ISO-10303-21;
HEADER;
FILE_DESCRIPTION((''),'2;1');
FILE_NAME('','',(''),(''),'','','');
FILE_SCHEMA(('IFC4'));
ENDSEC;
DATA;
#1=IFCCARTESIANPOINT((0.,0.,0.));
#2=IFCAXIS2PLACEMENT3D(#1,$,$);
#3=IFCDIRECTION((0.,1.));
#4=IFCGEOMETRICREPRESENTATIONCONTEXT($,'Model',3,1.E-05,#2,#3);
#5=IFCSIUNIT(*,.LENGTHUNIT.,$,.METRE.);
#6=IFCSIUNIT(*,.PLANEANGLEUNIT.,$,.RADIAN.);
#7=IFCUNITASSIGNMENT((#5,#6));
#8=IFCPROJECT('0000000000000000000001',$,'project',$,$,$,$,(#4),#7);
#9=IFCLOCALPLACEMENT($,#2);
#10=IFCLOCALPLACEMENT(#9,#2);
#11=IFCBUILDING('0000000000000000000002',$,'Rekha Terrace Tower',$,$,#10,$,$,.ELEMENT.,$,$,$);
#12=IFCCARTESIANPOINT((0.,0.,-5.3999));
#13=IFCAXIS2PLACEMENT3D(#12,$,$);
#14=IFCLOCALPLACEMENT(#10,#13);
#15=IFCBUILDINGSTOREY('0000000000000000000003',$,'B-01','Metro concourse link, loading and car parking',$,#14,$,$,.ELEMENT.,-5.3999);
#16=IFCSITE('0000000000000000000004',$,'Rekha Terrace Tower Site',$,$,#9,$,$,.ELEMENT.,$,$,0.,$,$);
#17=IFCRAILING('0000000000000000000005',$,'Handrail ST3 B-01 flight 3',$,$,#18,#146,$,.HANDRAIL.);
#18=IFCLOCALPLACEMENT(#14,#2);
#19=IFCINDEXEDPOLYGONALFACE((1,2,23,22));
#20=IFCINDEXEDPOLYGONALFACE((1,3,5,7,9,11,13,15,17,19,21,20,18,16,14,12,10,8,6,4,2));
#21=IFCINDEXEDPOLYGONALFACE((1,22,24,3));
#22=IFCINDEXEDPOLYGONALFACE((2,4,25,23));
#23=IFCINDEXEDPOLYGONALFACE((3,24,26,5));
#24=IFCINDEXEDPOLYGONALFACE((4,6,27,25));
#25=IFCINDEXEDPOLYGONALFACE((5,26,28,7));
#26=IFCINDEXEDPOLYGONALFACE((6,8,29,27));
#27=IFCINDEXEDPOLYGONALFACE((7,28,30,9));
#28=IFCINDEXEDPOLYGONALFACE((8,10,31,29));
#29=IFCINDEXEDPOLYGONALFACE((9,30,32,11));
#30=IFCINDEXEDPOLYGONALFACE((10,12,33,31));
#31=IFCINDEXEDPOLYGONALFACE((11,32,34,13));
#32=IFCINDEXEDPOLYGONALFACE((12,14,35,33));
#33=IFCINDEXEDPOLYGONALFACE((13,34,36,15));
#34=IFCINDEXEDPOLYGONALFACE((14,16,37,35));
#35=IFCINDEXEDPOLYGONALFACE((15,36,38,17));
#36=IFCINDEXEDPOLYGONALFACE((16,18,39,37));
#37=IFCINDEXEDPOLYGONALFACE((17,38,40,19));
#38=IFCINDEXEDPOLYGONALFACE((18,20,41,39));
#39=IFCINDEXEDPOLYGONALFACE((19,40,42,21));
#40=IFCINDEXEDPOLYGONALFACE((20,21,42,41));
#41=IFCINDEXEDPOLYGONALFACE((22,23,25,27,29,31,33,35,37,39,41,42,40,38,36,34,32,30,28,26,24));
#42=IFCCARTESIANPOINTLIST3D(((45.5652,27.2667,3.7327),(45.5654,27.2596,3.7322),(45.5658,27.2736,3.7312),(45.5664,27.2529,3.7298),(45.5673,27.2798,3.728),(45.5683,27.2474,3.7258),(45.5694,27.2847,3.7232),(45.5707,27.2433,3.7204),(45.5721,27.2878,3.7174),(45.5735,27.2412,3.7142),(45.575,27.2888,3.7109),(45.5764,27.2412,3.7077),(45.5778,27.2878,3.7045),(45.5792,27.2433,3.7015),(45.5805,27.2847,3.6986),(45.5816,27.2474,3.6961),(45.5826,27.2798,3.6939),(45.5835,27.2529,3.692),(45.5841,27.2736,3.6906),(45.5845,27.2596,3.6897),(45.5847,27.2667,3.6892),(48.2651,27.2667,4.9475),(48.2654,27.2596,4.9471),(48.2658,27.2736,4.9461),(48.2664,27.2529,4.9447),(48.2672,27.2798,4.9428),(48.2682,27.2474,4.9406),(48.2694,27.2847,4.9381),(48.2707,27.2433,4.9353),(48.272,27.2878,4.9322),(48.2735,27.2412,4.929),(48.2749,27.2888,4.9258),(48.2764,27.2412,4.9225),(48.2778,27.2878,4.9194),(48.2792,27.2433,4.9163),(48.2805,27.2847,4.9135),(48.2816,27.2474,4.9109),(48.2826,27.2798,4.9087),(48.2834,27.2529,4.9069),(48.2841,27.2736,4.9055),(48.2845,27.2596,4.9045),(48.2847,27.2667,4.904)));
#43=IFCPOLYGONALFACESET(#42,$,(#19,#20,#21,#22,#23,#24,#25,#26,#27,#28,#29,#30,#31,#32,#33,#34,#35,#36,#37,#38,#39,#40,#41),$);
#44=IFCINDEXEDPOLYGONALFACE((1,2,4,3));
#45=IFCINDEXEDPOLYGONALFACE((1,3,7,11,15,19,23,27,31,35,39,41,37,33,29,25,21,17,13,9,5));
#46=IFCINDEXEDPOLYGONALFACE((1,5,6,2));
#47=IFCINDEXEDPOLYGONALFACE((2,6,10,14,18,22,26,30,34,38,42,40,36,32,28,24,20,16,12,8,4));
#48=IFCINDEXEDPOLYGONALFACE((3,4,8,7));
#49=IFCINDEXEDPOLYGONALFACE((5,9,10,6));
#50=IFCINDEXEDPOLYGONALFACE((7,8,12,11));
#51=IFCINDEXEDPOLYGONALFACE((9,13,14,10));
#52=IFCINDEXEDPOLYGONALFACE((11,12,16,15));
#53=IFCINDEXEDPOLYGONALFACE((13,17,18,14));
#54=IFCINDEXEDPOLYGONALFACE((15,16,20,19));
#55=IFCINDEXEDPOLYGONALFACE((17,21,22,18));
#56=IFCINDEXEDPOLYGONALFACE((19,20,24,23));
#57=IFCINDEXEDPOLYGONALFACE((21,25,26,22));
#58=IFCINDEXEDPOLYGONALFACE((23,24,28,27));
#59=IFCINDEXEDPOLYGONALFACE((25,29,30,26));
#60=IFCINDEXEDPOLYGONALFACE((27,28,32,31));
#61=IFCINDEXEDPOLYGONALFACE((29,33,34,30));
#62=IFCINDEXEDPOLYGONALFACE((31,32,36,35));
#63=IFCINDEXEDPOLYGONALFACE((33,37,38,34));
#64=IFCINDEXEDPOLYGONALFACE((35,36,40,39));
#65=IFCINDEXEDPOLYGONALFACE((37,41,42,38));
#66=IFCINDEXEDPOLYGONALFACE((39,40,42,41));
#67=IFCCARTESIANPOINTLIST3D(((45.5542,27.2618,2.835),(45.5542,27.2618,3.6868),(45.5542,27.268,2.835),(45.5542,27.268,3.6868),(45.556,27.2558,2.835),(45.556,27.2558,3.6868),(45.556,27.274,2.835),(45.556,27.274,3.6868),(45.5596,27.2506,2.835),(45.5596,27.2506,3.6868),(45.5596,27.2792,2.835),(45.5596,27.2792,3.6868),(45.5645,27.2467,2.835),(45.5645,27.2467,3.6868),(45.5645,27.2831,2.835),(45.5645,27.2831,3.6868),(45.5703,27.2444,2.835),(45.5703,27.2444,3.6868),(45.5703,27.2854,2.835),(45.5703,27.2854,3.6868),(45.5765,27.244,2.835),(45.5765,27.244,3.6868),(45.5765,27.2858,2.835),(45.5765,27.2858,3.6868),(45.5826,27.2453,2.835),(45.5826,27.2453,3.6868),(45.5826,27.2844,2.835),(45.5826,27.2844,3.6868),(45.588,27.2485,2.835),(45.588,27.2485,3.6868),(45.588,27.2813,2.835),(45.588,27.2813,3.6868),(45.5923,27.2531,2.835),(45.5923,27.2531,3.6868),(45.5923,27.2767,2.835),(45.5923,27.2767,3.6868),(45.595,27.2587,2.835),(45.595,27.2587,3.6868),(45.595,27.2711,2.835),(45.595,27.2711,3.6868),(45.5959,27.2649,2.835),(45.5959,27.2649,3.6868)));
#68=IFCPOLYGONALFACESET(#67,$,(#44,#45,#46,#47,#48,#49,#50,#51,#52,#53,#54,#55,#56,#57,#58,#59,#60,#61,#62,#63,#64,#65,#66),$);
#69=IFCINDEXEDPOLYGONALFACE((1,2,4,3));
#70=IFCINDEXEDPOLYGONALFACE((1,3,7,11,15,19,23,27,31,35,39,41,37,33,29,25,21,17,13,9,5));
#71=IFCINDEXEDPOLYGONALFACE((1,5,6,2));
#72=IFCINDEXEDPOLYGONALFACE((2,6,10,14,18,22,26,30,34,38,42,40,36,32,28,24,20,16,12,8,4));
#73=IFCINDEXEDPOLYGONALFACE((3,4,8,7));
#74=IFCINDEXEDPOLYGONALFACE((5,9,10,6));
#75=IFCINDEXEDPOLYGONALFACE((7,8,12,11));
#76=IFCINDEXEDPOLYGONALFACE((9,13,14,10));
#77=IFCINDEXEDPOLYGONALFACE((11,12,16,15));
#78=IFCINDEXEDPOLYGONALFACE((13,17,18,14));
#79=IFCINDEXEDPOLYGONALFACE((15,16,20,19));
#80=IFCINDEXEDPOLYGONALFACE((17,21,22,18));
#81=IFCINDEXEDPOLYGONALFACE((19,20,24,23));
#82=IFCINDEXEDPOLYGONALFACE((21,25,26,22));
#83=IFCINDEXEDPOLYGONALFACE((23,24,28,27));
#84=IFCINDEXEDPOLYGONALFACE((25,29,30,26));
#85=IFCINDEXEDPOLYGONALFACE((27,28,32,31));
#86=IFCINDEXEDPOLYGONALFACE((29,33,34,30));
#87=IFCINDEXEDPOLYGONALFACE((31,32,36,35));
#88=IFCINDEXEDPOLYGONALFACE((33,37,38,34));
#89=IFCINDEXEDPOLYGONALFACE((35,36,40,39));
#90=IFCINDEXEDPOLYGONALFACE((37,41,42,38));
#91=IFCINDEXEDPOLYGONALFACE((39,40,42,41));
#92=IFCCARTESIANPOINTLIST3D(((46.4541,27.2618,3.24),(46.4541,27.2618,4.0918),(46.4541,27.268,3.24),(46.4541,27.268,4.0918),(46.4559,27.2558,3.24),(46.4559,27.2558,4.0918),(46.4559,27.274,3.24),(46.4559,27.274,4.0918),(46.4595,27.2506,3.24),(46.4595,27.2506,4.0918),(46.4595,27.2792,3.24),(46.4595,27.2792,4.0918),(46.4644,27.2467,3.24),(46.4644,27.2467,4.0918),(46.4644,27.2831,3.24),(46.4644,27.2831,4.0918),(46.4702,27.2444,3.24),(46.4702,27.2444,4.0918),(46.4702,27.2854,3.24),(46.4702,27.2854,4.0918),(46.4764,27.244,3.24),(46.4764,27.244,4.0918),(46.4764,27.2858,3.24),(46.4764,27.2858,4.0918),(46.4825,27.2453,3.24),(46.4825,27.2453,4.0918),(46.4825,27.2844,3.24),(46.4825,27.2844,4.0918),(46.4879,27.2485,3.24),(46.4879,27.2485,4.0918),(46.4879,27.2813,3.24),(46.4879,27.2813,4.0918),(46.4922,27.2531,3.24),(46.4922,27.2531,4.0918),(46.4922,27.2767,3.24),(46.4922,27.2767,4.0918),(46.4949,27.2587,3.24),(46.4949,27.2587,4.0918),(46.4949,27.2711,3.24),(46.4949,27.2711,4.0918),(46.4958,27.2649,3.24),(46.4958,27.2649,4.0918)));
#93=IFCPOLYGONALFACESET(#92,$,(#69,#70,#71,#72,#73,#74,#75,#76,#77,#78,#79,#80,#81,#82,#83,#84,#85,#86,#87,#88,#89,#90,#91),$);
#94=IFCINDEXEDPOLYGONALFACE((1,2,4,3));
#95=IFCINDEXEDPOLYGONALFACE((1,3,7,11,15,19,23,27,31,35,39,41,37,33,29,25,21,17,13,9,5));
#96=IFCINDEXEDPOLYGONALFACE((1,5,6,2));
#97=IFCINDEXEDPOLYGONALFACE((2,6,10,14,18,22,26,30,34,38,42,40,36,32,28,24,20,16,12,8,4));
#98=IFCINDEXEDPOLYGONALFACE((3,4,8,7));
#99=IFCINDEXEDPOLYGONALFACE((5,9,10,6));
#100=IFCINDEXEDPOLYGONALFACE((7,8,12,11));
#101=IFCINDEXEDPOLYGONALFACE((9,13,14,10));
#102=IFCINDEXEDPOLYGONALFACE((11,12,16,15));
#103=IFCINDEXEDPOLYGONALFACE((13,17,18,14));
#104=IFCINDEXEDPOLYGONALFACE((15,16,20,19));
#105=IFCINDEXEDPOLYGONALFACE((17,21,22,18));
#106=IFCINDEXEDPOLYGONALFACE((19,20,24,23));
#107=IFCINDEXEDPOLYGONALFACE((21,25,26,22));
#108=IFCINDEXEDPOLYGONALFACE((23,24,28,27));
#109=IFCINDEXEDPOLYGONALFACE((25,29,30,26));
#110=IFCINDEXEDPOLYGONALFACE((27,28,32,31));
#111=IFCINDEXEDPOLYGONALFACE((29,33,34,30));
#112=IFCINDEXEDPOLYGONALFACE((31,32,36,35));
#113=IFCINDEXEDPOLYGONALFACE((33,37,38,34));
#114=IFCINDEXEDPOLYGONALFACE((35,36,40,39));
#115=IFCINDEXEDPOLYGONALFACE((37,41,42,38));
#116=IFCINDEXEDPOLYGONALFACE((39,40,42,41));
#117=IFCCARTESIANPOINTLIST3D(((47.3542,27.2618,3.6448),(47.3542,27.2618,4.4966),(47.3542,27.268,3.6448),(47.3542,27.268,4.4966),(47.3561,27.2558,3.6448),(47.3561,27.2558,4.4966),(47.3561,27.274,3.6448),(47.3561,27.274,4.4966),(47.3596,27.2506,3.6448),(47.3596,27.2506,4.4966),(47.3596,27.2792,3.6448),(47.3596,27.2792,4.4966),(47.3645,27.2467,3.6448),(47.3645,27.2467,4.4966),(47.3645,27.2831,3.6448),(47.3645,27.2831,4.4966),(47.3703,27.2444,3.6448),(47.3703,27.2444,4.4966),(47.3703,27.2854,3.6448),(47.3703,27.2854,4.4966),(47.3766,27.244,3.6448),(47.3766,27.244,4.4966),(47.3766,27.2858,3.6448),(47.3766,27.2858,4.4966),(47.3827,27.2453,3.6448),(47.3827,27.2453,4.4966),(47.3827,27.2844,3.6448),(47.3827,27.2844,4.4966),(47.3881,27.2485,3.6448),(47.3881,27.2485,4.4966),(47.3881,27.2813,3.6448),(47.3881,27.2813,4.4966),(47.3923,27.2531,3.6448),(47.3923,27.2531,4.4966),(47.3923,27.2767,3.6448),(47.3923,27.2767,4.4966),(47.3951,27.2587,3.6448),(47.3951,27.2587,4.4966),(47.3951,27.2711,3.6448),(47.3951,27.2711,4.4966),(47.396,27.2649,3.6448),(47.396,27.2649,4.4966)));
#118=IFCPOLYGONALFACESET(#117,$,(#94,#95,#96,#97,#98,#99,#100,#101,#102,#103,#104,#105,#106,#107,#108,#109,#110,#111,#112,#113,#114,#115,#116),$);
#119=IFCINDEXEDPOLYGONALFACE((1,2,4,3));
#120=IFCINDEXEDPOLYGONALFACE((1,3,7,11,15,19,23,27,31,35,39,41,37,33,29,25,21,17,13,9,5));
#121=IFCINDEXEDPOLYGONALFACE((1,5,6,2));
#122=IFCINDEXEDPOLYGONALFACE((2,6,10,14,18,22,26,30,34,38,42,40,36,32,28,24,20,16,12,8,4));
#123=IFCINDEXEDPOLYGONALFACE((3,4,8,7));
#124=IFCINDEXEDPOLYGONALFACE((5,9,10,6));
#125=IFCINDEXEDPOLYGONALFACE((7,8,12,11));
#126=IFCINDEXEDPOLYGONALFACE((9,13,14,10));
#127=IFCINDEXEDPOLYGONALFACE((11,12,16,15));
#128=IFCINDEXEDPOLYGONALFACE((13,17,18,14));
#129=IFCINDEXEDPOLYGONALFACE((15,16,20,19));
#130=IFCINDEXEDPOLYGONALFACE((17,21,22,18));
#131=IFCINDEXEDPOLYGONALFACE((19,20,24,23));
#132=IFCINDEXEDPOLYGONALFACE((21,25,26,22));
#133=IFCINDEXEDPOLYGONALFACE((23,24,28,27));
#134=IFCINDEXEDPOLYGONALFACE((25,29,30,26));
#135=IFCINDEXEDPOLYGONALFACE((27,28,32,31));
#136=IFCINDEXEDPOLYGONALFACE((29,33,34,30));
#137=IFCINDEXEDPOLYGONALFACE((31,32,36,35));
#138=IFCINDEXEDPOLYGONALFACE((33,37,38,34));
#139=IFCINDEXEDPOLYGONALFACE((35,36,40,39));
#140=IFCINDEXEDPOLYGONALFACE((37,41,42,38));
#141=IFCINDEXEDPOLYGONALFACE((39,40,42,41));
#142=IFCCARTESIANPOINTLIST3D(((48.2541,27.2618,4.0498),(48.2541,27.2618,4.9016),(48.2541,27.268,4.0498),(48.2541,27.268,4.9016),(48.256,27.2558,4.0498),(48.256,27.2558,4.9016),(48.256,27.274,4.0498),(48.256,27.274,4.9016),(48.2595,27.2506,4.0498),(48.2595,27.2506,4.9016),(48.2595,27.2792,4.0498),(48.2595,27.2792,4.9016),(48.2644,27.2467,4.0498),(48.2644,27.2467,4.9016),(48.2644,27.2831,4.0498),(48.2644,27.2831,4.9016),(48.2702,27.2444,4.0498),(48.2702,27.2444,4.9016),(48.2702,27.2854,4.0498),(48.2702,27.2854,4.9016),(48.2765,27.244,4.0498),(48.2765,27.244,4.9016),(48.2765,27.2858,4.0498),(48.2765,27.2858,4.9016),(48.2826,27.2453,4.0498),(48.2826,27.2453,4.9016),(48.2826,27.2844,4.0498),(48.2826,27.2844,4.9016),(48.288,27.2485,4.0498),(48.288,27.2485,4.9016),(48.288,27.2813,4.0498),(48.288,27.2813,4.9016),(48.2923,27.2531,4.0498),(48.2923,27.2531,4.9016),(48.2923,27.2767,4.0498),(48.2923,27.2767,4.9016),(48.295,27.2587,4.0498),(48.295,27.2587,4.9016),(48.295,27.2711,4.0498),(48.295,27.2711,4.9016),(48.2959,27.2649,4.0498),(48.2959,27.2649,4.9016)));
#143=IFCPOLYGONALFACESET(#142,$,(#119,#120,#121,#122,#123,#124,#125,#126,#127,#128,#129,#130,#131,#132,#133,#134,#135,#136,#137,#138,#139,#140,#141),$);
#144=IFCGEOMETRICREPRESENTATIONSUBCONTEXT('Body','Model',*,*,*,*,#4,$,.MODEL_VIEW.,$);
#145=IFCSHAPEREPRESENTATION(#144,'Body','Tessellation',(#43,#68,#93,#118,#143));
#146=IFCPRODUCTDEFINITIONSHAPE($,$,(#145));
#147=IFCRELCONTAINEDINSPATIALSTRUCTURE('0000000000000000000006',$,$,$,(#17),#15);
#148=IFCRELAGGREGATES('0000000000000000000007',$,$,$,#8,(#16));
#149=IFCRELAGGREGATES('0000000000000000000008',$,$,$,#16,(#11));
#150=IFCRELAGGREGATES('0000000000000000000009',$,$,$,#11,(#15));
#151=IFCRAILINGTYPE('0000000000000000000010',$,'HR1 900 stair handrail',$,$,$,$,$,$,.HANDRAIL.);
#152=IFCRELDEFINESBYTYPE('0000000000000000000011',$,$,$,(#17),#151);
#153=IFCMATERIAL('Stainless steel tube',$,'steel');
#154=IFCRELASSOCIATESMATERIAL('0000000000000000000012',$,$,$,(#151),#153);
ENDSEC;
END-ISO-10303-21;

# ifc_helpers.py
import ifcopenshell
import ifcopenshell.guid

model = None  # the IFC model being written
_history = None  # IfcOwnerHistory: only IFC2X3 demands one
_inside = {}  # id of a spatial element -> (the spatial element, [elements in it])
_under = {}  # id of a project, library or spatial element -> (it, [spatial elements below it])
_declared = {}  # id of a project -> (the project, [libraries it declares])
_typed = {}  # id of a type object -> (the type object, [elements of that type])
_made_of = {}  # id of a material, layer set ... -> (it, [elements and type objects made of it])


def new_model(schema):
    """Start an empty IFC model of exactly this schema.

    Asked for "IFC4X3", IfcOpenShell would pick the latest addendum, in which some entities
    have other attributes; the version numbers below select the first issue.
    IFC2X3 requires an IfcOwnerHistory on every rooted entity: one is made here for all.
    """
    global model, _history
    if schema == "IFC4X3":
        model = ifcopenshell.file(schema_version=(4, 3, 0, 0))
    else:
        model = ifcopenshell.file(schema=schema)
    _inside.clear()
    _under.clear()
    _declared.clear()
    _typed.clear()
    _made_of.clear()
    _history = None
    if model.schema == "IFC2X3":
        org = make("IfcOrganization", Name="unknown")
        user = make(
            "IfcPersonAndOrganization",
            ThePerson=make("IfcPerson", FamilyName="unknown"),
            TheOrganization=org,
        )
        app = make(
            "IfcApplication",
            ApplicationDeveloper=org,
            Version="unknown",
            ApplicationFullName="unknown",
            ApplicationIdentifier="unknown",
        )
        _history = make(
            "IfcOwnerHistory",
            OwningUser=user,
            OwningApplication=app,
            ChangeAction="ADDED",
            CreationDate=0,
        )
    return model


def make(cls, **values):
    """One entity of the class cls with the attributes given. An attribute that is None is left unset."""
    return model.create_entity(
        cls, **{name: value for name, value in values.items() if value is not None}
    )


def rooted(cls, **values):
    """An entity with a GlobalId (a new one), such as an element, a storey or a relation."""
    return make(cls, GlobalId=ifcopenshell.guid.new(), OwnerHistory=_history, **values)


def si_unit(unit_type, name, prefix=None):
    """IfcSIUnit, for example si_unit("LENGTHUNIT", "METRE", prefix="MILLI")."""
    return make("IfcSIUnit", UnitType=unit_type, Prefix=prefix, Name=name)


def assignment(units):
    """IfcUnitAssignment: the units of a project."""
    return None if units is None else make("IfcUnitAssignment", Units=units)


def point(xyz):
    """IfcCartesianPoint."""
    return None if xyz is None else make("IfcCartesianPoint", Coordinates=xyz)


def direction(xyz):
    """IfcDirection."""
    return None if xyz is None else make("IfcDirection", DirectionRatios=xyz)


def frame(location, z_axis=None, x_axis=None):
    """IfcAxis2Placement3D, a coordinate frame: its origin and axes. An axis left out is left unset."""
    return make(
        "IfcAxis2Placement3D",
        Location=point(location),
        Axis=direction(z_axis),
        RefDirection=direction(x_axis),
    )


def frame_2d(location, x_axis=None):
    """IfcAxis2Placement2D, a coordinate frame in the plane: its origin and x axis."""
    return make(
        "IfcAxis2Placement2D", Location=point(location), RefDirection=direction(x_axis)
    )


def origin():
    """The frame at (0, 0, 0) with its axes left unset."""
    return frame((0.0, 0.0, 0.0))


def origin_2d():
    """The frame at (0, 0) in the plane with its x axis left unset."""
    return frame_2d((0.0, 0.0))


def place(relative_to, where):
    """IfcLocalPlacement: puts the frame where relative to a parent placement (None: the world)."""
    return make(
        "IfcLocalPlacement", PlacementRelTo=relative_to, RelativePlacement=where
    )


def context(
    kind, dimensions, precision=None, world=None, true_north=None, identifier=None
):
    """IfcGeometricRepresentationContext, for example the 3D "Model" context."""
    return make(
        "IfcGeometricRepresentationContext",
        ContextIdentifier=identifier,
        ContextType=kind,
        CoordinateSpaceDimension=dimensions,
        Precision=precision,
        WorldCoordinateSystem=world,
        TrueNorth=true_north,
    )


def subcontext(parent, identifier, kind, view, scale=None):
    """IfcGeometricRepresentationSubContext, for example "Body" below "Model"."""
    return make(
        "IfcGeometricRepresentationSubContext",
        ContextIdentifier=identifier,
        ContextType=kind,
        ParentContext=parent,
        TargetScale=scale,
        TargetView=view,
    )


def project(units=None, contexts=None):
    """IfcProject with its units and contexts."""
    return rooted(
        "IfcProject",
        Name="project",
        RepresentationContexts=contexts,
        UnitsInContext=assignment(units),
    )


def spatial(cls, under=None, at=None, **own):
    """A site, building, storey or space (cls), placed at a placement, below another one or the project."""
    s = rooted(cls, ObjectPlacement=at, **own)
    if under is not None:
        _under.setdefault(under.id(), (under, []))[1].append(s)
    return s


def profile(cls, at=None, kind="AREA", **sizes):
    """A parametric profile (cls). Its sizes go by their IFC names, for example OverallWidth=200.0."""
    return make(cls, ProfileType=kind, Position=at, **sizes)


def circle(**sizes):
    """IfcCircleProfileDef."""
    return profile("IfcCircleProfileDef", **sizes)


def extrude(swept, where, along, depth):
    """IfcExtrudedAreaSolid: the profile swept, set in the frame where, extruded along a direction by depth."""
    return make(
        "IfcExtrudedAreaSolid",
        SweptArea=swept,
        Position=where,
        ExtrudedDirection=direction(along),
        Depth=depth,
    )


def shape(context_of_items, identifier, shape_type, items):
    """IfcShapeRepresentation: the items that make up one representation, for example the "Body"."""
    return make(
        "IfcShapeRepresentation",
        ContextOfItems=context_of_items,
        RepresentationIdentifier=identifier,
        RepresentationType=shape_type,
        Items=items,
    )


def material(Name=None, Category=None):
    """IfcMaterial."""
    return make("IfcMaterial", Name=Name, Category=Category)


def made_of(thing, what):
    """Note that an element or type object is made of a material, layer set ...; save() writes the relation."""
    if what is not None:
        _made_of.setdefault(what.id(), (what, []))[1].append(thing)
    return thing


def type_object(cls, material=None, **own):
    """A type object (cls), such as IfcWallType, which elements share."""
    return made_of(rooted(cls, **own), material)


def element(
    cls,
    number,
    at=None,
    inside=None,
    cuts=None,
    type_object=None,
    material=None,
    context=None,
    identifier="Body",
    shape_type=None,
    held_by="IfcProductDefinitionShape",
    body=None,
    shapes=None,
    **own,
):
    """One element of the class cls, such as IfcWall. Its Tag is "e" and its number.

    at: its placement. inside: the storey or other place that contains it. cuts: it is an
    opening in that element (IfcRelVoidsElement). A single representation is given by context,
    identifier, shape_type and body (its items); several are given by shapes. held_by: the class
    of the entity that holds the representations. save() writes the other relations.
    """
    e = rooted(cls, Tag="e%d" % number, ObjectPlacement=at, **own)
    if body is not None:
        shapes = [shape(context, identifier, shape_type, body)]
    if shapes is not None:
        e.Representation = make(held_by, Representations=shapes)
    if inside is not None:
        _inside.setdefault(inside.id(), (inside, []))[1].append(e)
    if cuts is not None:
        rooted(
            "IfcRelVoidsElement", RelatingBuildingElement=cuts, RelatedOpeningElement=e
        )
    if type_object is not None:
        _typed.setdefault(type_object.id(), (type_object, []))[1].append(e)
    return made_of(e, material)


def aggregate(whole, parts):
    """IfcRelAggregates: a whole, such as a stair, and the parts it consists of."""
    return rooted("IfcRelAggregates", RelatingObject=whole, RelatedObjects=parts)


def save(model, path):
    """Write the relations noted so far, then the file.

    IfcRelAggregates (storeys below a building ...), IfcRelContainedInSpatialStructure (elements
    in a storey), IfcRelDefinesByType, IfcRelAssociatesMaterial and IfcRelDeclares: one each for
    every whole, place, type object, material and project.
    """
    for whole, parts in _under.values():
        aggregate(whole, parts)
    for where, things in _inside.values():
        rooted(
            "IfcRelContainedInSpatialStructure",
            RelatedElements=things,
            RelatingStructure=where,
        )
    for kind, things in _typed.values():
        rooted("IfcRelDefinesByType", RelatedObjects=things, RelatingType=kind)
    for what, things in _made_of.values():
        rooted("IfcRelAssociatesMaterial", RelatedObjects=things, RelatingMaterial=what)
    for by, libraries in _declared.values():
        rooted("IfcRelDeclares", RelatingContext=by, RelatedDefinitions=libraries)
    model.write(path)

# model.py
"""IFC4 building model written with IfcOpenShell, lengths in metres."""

from ifc_helpers import new_model, si_unit, direction, frame, origin, origin_2d, place, context, subcontext, project, spatial, circle, extrude, material, type_object, element, save


model = new_model("IFC4")

# Units and contexts
model_context = context("Model", 3, precision=1e-05, world=origin(), true_north=direction((0.0, 1.0)))
body_context = subcontext(model_context, "Body", "Model", "MODEL_VIEW")
ifc_project = project(units=[si_unit("LENGTHUNIT", "METRE"), si_unit("PLANEANGLEUNIT", "RADIAN")], contexts=[model_context])

# Site, building, storey
site_placement = place(None, origin())
site = spatial("IfcSite", under=ifc_project, at=site_placement, Name="Rekha Terrace Tower Site", CompositionType="ELEMENT", RefElevation=0.0)
building_placement = place(site_placement, origin())
building = spatial("IfcBuilding", under=site, at=building_placement, Name="Rekha Terrace Tower", CompositionType="ELEMENT")
storey_placement = place(building_placement, frame((0.0, 0.0, -5.3999)))
storey = spatial("IfcBuildingStorey", under=building, at=storey_placement, Name="B-01", Description="Metro concourse link, loading and car parking", CompositionType="ELEMENT", Elevation=-5.3999)

# Railing
ifc_material_1 = material(Name="Stainless steel tube", Category="steel")
railing_type_1 = type_object("IfcRailingType", Name="HR1 900 stair handrail", PredefinedType="HANDRAIL", material=ifc_material_1)
railing_1_placement = place(storey_placement, frame((45.575, 27.2649, 2.835)))
element("IfcRailing", 1, at=railing_1_placement, inside=storey, type_object=railing_type_1, Name="Handrail ST3 B-01 flight 3", PredefinedType="HANDRAIL", context=body_context, shape_type="SweptSolid", body=[
    extrude(circle(Radius=0.0239, at=origin_2d()), frame((0.0, 0.0, 0.876), z_axis=(0.911938, 0.0, 0.410327), x_axis=(0.0, 1.0, 0.0)), (0.0, 0.0, 1.0), 2.9607),
    extrude(circle(Radius=0.021, at=origin_2d()), origin(), (0.0, 0.0, 1.0), 0.8518),
    extrude(circle(Radius=0.021, at=origin_2d()), frame((0.8999, 0.0, 0.405)), (0.0, 0.0, 1.0), 0.8518),
    extrude(circle(Radius=0.021, at=origin_2d()), frame((1.8, 0.0, 0.8098)), (0.0, 0.0, 1.0), 0.8518),
    extrude(circle(Radius=0.021, at=origin_2d()), frame((2.7, 0.0, 1.2148)), (0.0, 0.0, 1.0), 0.8518),
])

save(model, "model.ifc")
